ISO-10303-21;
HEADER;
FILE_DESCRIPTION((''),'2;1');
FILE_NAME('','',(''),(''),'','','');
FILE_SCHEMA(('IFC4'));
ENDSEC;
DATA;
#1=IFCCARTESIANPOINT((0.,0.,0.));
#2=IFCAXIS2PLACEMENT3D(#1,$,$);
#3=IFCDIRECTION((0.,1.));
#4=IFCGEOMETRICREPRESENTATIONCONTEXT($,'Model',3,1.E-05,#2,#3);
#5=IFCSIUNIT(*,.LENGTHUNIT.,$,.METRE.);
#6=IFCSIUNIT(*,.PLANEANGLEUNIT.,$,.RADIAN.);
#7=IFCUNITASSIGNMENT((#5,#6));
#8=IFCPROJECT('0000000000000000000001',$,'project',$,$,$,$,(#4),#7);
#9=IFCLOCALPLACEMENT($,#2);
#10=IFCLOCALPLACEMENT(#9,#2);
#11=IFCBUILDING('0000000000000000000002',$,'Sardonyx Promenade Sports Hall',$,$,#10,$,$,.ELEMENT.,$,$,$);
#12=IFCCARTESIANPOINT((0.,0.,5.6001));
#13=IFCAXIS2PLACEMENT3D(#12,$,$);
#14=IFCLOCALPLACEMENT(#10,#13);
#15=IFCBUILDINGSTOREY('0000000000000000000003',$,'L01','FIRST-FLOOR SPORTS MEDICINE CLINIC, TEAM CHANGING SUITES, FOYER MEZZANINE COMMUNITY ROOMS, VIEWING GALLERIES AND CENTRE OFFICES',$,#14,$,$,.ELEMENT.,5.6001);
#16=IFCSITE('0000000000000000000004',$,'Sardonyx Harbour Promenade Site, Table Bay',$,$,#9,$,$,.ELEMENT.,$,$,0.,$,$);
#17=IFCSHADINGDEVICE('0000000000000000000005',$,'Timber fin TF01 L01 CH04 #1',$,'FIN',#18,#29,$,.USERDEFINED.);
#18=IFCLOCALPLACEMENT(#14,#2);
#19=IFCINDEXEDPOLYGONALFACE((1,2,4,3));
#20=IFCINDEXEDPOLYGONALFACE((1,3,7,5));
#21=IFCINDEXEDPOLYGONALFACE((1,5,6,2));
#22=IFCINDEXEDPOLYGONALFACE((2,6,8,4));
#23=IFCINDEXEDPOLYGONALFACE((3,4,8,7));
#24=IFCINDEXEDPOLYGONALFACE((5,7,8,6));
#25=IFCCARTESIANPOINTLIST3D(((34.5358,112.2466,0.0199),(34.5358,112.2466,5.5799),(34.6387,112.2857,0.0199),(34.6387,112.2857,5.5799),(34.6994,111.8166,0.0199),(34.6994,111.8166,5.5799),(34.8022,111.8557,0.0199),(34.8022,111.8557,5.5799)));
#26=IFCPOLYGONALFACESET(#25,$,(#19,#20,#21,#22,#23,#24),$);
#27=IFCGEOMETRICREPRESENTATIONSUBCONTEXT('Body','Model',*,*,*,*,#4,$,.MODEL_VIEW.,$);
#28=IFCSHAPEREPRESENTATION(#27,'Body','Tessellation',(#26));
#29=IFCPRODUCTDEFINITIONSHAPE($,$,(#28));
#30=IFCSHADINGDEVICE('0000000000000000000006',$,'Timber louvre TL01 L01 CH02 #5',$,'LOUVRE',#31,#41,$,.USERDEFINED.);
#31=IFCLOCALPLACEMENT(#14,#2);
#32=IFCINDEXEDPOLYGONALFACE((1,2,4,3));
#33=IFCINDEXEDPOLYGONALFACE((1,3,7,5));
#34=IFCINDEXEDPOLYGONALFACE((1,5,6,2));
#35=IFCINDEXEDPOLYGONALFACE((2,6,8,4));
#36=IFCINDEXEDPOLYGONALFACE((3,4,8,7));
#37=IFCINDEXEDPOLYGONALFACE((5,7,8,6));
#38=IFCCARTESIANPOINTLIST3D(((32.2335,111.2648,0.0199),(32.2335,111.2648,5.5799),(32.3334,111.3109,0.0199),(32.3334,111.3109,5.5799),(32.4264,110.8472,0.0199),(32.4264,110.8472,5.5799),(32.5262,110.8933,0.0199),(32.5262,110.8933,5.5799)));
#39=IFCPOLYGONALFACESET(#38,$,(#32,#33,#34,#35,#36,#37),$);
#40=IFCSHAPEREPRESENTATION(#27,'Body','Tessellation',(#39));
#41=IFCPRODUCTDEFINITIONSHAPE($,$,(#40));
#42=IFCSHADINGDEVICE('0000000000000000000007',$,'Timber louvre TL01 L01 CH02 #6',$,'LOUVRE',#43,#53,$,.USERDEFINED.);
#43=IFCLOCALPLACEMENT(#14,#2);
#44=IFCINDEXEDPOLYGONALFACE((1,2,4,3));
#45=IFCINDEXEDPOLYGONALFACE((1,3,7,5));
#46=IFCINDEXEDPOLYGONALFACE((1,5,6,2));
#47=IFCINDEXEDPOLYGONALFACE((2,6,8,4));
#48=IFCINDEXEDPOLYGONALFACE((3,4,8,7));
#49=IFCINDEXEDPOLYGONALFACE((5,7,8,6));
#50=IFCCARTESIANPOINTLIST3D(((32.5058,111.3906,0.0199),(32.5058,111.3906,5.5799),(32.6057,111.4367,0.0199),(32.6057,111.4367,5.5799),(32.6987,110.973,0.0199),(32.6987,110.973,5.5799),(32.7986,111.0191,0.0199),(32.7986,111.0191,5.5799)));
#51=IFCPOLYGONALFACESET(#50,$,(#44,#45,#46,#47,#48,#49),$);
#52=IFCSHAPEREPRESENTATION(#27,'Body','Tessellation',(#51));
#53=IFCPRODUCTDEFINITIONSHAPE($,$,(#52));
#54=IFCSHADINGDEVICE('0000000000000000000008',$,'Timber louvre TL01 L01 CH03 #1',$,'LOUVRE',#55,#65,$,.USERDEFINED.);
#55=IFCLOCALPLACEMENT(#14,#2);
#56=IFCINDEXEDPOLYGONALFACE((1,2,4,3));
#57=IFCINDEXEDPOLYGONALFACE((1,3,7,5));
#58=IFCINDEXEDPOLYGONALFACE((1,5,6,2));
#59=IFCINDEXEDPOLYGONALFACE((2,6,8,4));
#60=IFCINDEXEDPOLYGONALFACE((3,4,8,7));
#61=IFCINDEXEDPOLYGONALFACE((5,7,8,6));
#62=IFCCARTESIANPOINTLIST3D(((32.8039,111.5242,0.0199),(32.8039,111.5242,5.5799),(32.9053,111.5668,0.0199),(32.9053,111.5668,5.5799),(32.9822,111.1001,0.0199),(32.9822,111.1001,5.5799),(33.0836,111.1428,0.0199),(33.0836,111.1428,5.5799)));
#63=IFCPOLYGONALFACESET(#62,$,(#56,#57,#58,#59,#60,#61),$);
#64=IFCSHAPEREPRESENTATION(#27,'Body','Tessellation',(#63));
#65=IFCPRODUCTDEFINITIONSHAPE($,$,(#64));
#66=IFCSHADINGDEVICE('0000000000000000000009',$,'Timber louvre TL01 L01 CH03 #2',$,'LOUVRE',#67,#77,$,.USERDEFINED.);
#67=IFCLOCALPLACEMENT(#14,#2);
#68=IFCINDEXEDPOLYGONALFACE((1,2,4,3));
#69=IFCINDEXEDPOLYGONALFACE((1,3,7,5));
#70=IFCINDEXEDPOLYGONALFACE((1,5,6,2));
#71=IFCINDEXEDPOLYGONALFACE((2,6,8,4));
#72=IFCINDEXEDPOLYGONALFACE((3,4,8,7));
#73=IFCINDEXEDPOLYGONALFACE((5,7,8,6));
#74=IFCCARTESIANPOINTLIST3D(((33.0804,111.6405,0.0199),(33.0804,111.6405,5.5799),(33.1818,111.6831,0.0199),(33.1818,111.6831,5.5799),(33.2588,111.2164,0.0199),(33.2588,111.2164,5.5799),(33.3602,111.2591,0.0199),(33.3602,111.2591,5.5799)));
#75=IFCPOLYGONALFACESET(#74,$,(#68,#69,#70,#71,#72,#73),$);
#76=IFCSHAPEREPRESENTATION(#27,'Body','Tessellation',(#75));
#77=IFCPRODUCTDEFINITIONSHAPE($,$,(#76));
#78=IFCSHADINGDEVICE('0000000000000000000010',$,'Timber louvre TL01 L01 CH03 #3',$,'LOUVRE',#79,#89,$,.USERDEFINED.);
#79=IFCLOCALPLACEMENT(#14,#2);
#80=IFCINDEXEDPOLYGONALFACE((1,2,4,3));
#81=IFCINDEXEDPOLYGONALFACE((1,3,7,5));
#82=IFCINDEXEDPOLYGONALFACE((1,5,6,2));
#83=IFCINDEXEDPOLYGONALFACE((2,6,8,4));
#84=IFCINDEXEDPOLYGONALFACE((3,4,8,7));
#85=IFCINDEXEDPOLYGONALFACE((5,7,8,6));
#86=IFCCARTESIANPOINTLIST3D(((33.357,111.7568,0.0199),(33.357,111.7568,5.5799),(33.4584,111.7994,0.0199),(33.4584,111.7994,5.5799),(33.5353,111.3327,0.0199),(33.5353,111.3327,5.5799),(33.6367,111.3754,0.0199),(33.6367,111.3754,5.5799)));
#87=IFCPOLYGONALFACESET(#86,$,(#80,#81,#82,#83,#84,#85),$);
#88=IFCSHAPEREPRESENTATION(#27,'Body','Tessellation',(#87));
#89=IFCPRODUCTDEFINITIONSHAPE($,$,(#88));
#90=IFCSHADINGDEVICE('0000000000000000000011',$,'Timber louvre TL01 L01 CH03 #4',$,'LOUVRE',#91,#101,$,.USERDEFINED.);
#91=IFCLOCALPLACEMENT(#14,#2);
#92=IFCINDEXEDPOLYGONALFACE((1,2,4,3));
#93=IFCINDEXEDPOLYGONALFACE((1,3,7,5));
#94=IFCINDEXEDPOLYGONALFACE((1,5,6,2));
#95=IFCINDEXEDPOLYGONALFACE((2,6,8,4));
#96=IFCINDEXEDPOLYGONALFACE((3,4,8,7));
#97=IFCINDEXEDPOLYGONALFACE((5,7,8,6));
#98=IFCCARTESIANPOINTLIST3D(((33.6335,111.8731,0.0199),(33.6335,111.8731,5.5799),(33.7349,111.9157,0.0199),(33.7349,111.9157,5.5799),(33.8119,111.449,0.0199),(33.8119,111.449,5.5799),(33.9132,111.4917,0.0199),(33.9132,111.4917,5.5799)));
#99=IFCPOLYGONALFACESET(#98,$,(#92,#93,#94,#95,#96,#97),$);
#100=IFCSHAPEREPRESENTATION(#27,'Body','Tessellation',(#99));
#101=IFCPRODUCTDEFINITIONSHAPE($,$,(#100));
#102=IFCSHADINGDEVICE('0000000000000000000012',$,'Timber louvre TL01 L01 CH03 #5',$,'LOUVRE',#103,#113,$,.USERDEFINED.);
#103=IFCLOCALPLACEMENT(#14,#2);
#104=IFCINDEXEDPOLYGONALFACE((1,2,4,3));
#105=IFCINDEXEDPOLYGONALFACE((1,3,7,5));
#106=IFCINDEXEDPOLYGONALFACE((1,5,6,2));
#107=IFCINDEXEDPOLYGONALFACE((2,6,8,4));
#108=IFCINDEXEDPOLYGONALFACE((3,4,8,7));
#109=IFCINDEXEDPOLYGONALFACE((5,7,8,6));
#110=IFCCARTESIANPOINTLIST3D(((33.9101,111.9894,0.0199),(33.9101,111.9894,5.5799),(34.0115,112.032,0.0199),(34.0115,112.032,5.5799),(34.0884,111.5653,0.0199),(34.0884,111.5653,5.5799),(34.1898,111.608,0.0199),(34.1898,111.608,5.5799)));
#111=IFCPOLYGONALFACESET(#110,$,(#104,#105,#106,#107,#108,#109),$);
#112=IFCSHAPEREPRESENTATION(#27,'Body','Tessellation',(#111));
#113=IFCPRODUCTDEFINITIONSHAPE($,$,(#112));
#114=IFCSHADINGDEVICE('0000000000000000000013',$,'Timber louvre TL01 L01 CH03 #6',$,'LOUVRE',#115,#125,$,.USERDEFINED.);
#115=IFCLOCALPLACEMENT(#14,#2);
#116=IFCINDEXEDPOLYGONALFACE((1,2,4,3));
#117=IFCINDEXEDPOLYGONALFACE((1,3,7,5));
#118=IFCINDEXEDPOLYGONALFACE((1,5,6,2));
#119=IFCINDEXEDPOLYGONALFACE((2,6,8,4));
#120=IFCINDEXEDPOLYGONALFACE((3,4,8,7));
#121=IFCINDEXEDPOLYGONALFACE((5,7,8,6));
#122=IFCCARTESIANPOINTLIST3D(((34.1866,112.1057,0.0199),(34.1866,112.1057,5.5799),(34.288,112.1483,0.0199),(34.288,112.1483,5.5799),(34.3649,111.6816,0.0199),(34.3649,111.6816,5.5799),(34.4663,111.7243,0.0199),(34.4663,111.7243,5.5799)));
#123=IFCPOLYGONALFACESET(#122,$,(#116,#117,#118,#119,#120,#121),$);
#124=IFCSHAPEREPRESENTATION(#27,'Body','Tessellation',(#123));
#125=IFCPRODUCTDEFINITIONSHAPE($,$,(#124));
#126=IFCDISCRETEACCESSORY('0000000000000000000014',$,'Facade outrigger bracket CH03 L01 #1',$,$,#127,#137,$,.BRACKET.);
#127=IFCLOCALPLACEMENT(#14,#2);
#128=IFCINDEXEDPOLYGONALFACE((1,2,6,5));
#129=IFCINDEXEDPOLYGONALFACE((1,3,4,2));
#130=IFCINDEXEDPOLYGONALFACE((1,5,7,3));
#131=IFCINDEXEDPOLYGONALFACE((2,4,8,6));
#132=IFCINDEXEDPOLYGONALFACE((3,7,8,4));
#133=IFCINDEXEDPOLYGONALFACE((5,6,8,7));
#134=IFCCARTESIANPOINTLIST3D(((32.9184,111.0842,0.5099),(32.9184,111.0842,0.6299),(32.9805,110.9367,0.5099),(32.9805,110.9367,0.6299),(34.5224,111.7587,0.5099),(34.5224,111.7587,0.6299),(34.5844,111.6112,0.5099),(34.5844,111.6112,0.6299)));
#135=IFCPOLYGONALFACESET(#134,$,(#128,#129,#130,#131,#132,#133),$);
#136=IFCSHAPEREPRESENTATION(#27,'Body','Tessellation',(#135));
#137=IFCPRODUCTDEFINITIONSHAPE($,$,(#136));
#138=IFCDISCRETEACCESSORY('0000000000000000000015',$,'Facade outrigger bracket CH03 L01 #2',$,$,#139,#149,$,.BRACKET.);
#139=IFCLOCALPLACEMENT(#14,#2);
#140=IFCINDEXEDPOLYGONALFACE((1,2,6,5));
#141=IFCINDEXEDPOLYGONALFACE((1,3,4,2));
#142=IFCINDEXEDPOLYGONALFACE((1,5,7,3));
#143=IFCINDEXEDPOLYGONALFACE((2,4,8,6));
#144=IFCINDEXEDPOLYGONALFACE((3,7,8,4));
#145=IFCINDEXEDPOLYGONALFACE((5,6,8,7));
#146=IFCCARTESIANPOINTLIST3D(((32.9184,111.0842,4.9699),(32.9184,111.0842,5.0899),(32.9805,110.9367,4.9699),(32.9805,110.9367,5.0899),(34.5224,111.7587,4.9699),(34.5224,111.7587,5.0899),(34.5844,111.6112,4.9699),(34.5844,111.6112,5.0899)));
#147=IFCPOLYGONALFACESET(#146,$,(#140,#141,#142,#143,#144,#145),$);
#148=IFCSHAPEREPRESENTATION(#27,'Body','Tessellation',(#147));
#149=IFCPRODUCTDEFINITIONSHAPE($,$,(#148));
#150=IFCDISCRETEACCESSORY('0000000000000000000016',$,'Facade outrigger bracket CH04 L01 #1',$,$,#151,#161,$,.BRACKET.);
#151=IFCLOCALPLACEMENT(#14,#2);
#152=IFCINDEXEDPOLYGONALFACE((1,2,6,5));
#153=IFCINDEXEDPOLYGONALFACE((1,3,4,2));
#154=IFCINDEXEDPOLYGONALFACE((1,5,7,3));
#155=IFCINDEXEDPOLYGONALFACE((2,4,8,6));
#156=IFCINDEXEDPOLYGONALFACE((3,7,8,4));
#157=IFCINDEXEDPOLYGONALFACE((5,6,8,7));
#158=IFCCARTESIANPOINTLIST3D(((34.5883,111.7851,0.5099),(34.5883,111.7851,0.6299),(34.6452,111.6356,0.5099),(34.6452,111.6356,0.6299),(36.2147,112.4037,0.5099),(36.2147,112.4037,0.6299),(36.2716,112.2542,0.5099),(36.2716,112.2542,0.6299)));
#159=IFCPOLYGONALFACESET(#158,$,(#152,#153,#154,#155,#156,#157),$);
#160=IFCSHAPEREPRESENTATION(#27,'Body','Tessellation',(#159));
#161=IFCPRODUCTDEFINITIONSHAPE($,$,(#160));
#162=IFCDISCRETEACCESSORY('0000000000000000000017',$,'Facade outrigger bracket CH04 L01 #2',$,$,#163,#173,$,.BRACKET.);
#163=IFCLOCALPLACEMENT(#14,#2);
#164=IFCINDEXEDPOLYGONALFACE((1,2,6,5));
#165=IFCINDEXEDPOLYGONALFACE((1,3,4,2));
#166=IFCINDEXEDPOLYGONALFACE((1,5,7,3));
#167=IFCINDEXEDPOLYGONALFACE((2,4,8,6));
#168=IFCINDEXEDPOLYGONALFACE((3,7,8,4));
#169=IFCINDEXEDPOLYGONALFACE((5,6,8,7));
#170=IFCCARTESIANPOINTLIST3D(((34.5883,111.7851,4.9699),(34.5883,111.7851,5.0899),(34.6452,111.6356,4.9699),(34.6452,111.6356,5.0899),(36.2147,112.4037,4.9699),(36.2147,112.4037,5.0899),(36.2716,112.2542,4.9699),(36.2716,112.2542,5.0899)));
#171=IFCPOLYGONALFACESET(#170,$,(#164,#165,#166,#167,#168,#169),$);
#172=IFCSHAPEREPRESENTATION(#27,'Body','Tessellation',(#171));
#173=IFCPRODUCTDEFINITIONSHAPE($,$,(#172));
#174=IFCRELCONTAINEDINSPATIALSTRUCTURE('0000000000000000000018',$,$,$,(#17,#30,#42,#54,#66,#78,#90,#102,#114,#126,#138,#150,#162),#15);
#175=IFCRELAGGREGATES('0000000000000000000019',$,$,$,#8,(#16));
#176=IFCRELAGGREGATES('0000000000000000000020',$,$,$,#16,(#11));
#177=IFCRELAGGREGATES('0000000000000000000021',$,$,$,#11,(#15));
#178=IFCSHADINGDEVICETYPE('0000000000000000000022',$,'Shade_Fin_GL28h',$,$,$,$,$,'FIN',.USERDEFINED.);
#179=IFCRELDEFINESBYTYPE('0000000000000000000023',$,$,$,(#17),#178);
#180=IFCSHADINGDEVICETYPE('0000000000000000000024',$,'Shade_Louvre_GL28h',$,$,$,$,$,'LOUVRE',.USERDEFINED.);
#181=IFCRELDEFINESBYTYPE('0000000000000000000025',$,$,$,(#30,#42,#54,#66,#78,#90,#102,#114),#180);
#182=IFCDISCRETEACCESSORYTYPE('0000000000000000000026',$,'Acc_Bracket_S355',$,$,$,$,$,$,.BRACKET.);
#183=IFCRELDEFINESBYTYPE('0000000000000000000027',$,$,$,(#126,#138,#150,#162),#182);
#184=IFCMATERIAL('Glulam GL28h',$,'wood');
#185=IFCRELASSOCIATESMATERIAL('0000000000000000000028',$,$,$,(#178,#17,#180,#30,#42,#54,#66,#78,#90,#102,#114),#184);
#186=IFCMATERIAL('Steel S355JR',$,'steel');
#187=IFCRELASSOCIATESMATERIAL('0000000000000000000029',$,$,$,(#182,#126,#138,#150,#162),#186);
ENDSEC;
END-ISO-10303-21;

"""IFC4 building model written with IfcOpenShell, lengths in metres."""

from ifc_helpers import new_model, si_unit, direction, frame, origin, place, context, subcontext, project, spatial, rectangle, extrude, material, type_object, element, save


model = new_model("IFC4")

# Units and contexts
model_context = context("Model", 3, precision=1e-05, world=origin(), true_north=direction((0.0, 1.0)))
body_context = subcontext(model_context, "Body", "Model", "MODEL_VIEW")
ifc_project = project(units=[si_unit("LENGTHUNIT", "METRE"), si_unit("PLANEANGLEUNIT", "RADIAN")], contexts=[model_context])

# Site, building, storey
site_placement = place(None, origin())
site = spatial("IfcSite", under=ifc_project, at=site_placement, Name="Sardonyx Harbour Promenade Site, Table Bay", CompositionType="ELEMENT", RefElevation=0.0)
building_placement = place(site_placement, origin())
building = spatial("IfcBuilding", under=site, at=building_placement, Name="Sardonyx Promenade Sports Hall", CompositionType="ELEMENT")
storey_placement = place(building_placement, frame((0.0, 0.0, 5.6001)))
storey = spatial("IfcBuildingStorey", under=building, at=storey_placement, Name="L01", Description="FIRST-FLOOR SPORTS MEDICINE CLINIC, TEAM CHANGING SUITES, FOYER MEZZANINE COMMUNITY ROOMS, VIEWING GALLERIES AND CENTRE OFFICES", CompositionType="ELEMENT", Elevation=5.6001)

# Shading devices
ifc_material_1 = material(Name="Glulam GL28h", Category="wood")
shading_device_type_1 = type_object("IfcShadingDeviceType", Name="Shade_Fin_GL28h", ElementType="FIN", PredefinedType="USERDEFINED", material=ifc_material_1)
shading_device_placement = place(storey_placement, frame((34.669, 112.0512, 0.0199), z_axis=(0.0, 0.0, 1.0), x_axis=(0.934666, 0.355528, 0.0)))
element("IfcShadingDevice", 1, at=shading_device_placement, inside=storey, type_object=shading_device_type_1, material=ifc_material_1, Name="Timber fin TF01 L01 CH04 #1", ObjectType="FIN", PredefinedType="USERDEFINED", context=body_context, shape_type="SweptSolid", body=[
    extrude(rectangle(XDim=0.11, YDim=0.46), origin(), (0.0, 0.0, 1.0), 5.56),
])
shading_device_type_2 = type_object("IfcShadingDeviceType", Name="Shade_Louvre_GL28h", ElementType="LOUVRE", PredefinedType="USERDEFINED", material=ifc_material_1)
for number, where, z_axis, x_axis, name in (
    (2, (32.3799, 111.0791, 0.0199), (0.0, 0.0, 1.0), (0.907831, 0.419336, 0.0), "Timber louvre TL01 L01 CH02 #5"),
    (3, (32.6522, 111.2049, 0.0199), (0.0, 0.0, 1.0), (0.907831, 0.419336, 0.0), "Timber louvre TL01 L01 CH02 #6"),
    (4, (32.9438, 111.3335, 0.0199), (0.0, 0.0, 1.0), (0.9218, 0.387665, 0.0), "Timber louvre TL01 L01 CH03 #1"),
    (5, (33.2203, 111.4498, 0.0199), (0.0, 0.0, 1.0), (0.9218, 0.387665, 0.0), "Timber louvre TL01 L01 CH03 #2"),
    (6, (33.4968, 111.5661, 0.0199), (0.0, 0.0, 1.0), (0.9218, 0.387665, 0.0), "Timber louvre TL01 L01 CH03 #3"),
    (7, (33.7734, 111.6824, 0.0199), (0.0, 0.0, 1.0), (0.9218, 0.387665, 0.0), "Timber louvre TL01 L01 CH03 #4"),
    (8, (34.0499, 111.7987, 0.0199), (0.0, 0.0, 1.0), (0.9218, 0.387665, 0.0), "Timber louvre TL01 L01 CH03 #5"),
    (9, (34.3265, 111.915, 0.0199), (0.0, 0.0, 1.0), (0.9218, 0.387665, 0.0), "Timber louvre TL01 L01 CH03 #6"),
):
    element("IfcShadingDevice", number, at=place(storey_placement, frame(where, z_axis=z_axis, x_axis=x_axis)), inside=storey, type_object=shading_device_type_2, material=ifc_material_1, Name=name, ObjectType="LOUVRE", PredefinedType="USERDEFINED", context=body_context, shape_type="SweptSolid", body=[
        extrude(rectangle(XDim=0.11, YDim=0.46), origin(), (0.0, 0.0, 1.0), 5.56),
    ])

# Discrete accessories
ifc_material_2 = material(Name="Steel S355JR", Category="steel")
discrete_accessory_type = type_object("IfcDiscreteAccessoryType", Name="Acc_Bracket_S355", PredefinedType="BRACKET", material=ifc_material_2)
for number, where, z_axis, x_axis, name in (
    (10, (33.7514, 111.3477, 0.5099), (0.0, 0.0, 1.0), (0.9218, 0.387665, 0.0), "Facade outrigger bracket CH03 L01 #1"),
    (11, (33.7514, 111.3477, 4.9699), (0.0, 0.0, 1.0), (0.9218, 0.387665, 0.0), "Facade outrigger bracket CH03 L01 #2"),
    (12, (35.4299, 112.0196, 0.5099), (0.0, 0.0, 1.0), (0.934666, 0.355528, 0.0), "Facade outrigger bracket CH04 L01 #1"),
    (13, (35.4299, 112.0196, 4.9699), (0.0, 0.0, 1.0), (0.934666, 0.355528, 0.0), "Facade outrigger bracket CH04 L01 #2"),
):
    element("IfcDiscreteAccessory", number, at=place(storey_placement, frame(where, z_axis=z_axis, x_axis=x_axis)), inside=storey, type_object=discrete_accessory_type, material=ifc_material_2, Name=name, PredefinedType="BRACKET", context=body_context, shape_type="SweptSolid", body=[
        extrude(rectangle(XDim=1.74, YDim=0.16), origin(), (0.0, 0.0, 1.0), 0.12),
    ])

save(model, "model.ifc")
